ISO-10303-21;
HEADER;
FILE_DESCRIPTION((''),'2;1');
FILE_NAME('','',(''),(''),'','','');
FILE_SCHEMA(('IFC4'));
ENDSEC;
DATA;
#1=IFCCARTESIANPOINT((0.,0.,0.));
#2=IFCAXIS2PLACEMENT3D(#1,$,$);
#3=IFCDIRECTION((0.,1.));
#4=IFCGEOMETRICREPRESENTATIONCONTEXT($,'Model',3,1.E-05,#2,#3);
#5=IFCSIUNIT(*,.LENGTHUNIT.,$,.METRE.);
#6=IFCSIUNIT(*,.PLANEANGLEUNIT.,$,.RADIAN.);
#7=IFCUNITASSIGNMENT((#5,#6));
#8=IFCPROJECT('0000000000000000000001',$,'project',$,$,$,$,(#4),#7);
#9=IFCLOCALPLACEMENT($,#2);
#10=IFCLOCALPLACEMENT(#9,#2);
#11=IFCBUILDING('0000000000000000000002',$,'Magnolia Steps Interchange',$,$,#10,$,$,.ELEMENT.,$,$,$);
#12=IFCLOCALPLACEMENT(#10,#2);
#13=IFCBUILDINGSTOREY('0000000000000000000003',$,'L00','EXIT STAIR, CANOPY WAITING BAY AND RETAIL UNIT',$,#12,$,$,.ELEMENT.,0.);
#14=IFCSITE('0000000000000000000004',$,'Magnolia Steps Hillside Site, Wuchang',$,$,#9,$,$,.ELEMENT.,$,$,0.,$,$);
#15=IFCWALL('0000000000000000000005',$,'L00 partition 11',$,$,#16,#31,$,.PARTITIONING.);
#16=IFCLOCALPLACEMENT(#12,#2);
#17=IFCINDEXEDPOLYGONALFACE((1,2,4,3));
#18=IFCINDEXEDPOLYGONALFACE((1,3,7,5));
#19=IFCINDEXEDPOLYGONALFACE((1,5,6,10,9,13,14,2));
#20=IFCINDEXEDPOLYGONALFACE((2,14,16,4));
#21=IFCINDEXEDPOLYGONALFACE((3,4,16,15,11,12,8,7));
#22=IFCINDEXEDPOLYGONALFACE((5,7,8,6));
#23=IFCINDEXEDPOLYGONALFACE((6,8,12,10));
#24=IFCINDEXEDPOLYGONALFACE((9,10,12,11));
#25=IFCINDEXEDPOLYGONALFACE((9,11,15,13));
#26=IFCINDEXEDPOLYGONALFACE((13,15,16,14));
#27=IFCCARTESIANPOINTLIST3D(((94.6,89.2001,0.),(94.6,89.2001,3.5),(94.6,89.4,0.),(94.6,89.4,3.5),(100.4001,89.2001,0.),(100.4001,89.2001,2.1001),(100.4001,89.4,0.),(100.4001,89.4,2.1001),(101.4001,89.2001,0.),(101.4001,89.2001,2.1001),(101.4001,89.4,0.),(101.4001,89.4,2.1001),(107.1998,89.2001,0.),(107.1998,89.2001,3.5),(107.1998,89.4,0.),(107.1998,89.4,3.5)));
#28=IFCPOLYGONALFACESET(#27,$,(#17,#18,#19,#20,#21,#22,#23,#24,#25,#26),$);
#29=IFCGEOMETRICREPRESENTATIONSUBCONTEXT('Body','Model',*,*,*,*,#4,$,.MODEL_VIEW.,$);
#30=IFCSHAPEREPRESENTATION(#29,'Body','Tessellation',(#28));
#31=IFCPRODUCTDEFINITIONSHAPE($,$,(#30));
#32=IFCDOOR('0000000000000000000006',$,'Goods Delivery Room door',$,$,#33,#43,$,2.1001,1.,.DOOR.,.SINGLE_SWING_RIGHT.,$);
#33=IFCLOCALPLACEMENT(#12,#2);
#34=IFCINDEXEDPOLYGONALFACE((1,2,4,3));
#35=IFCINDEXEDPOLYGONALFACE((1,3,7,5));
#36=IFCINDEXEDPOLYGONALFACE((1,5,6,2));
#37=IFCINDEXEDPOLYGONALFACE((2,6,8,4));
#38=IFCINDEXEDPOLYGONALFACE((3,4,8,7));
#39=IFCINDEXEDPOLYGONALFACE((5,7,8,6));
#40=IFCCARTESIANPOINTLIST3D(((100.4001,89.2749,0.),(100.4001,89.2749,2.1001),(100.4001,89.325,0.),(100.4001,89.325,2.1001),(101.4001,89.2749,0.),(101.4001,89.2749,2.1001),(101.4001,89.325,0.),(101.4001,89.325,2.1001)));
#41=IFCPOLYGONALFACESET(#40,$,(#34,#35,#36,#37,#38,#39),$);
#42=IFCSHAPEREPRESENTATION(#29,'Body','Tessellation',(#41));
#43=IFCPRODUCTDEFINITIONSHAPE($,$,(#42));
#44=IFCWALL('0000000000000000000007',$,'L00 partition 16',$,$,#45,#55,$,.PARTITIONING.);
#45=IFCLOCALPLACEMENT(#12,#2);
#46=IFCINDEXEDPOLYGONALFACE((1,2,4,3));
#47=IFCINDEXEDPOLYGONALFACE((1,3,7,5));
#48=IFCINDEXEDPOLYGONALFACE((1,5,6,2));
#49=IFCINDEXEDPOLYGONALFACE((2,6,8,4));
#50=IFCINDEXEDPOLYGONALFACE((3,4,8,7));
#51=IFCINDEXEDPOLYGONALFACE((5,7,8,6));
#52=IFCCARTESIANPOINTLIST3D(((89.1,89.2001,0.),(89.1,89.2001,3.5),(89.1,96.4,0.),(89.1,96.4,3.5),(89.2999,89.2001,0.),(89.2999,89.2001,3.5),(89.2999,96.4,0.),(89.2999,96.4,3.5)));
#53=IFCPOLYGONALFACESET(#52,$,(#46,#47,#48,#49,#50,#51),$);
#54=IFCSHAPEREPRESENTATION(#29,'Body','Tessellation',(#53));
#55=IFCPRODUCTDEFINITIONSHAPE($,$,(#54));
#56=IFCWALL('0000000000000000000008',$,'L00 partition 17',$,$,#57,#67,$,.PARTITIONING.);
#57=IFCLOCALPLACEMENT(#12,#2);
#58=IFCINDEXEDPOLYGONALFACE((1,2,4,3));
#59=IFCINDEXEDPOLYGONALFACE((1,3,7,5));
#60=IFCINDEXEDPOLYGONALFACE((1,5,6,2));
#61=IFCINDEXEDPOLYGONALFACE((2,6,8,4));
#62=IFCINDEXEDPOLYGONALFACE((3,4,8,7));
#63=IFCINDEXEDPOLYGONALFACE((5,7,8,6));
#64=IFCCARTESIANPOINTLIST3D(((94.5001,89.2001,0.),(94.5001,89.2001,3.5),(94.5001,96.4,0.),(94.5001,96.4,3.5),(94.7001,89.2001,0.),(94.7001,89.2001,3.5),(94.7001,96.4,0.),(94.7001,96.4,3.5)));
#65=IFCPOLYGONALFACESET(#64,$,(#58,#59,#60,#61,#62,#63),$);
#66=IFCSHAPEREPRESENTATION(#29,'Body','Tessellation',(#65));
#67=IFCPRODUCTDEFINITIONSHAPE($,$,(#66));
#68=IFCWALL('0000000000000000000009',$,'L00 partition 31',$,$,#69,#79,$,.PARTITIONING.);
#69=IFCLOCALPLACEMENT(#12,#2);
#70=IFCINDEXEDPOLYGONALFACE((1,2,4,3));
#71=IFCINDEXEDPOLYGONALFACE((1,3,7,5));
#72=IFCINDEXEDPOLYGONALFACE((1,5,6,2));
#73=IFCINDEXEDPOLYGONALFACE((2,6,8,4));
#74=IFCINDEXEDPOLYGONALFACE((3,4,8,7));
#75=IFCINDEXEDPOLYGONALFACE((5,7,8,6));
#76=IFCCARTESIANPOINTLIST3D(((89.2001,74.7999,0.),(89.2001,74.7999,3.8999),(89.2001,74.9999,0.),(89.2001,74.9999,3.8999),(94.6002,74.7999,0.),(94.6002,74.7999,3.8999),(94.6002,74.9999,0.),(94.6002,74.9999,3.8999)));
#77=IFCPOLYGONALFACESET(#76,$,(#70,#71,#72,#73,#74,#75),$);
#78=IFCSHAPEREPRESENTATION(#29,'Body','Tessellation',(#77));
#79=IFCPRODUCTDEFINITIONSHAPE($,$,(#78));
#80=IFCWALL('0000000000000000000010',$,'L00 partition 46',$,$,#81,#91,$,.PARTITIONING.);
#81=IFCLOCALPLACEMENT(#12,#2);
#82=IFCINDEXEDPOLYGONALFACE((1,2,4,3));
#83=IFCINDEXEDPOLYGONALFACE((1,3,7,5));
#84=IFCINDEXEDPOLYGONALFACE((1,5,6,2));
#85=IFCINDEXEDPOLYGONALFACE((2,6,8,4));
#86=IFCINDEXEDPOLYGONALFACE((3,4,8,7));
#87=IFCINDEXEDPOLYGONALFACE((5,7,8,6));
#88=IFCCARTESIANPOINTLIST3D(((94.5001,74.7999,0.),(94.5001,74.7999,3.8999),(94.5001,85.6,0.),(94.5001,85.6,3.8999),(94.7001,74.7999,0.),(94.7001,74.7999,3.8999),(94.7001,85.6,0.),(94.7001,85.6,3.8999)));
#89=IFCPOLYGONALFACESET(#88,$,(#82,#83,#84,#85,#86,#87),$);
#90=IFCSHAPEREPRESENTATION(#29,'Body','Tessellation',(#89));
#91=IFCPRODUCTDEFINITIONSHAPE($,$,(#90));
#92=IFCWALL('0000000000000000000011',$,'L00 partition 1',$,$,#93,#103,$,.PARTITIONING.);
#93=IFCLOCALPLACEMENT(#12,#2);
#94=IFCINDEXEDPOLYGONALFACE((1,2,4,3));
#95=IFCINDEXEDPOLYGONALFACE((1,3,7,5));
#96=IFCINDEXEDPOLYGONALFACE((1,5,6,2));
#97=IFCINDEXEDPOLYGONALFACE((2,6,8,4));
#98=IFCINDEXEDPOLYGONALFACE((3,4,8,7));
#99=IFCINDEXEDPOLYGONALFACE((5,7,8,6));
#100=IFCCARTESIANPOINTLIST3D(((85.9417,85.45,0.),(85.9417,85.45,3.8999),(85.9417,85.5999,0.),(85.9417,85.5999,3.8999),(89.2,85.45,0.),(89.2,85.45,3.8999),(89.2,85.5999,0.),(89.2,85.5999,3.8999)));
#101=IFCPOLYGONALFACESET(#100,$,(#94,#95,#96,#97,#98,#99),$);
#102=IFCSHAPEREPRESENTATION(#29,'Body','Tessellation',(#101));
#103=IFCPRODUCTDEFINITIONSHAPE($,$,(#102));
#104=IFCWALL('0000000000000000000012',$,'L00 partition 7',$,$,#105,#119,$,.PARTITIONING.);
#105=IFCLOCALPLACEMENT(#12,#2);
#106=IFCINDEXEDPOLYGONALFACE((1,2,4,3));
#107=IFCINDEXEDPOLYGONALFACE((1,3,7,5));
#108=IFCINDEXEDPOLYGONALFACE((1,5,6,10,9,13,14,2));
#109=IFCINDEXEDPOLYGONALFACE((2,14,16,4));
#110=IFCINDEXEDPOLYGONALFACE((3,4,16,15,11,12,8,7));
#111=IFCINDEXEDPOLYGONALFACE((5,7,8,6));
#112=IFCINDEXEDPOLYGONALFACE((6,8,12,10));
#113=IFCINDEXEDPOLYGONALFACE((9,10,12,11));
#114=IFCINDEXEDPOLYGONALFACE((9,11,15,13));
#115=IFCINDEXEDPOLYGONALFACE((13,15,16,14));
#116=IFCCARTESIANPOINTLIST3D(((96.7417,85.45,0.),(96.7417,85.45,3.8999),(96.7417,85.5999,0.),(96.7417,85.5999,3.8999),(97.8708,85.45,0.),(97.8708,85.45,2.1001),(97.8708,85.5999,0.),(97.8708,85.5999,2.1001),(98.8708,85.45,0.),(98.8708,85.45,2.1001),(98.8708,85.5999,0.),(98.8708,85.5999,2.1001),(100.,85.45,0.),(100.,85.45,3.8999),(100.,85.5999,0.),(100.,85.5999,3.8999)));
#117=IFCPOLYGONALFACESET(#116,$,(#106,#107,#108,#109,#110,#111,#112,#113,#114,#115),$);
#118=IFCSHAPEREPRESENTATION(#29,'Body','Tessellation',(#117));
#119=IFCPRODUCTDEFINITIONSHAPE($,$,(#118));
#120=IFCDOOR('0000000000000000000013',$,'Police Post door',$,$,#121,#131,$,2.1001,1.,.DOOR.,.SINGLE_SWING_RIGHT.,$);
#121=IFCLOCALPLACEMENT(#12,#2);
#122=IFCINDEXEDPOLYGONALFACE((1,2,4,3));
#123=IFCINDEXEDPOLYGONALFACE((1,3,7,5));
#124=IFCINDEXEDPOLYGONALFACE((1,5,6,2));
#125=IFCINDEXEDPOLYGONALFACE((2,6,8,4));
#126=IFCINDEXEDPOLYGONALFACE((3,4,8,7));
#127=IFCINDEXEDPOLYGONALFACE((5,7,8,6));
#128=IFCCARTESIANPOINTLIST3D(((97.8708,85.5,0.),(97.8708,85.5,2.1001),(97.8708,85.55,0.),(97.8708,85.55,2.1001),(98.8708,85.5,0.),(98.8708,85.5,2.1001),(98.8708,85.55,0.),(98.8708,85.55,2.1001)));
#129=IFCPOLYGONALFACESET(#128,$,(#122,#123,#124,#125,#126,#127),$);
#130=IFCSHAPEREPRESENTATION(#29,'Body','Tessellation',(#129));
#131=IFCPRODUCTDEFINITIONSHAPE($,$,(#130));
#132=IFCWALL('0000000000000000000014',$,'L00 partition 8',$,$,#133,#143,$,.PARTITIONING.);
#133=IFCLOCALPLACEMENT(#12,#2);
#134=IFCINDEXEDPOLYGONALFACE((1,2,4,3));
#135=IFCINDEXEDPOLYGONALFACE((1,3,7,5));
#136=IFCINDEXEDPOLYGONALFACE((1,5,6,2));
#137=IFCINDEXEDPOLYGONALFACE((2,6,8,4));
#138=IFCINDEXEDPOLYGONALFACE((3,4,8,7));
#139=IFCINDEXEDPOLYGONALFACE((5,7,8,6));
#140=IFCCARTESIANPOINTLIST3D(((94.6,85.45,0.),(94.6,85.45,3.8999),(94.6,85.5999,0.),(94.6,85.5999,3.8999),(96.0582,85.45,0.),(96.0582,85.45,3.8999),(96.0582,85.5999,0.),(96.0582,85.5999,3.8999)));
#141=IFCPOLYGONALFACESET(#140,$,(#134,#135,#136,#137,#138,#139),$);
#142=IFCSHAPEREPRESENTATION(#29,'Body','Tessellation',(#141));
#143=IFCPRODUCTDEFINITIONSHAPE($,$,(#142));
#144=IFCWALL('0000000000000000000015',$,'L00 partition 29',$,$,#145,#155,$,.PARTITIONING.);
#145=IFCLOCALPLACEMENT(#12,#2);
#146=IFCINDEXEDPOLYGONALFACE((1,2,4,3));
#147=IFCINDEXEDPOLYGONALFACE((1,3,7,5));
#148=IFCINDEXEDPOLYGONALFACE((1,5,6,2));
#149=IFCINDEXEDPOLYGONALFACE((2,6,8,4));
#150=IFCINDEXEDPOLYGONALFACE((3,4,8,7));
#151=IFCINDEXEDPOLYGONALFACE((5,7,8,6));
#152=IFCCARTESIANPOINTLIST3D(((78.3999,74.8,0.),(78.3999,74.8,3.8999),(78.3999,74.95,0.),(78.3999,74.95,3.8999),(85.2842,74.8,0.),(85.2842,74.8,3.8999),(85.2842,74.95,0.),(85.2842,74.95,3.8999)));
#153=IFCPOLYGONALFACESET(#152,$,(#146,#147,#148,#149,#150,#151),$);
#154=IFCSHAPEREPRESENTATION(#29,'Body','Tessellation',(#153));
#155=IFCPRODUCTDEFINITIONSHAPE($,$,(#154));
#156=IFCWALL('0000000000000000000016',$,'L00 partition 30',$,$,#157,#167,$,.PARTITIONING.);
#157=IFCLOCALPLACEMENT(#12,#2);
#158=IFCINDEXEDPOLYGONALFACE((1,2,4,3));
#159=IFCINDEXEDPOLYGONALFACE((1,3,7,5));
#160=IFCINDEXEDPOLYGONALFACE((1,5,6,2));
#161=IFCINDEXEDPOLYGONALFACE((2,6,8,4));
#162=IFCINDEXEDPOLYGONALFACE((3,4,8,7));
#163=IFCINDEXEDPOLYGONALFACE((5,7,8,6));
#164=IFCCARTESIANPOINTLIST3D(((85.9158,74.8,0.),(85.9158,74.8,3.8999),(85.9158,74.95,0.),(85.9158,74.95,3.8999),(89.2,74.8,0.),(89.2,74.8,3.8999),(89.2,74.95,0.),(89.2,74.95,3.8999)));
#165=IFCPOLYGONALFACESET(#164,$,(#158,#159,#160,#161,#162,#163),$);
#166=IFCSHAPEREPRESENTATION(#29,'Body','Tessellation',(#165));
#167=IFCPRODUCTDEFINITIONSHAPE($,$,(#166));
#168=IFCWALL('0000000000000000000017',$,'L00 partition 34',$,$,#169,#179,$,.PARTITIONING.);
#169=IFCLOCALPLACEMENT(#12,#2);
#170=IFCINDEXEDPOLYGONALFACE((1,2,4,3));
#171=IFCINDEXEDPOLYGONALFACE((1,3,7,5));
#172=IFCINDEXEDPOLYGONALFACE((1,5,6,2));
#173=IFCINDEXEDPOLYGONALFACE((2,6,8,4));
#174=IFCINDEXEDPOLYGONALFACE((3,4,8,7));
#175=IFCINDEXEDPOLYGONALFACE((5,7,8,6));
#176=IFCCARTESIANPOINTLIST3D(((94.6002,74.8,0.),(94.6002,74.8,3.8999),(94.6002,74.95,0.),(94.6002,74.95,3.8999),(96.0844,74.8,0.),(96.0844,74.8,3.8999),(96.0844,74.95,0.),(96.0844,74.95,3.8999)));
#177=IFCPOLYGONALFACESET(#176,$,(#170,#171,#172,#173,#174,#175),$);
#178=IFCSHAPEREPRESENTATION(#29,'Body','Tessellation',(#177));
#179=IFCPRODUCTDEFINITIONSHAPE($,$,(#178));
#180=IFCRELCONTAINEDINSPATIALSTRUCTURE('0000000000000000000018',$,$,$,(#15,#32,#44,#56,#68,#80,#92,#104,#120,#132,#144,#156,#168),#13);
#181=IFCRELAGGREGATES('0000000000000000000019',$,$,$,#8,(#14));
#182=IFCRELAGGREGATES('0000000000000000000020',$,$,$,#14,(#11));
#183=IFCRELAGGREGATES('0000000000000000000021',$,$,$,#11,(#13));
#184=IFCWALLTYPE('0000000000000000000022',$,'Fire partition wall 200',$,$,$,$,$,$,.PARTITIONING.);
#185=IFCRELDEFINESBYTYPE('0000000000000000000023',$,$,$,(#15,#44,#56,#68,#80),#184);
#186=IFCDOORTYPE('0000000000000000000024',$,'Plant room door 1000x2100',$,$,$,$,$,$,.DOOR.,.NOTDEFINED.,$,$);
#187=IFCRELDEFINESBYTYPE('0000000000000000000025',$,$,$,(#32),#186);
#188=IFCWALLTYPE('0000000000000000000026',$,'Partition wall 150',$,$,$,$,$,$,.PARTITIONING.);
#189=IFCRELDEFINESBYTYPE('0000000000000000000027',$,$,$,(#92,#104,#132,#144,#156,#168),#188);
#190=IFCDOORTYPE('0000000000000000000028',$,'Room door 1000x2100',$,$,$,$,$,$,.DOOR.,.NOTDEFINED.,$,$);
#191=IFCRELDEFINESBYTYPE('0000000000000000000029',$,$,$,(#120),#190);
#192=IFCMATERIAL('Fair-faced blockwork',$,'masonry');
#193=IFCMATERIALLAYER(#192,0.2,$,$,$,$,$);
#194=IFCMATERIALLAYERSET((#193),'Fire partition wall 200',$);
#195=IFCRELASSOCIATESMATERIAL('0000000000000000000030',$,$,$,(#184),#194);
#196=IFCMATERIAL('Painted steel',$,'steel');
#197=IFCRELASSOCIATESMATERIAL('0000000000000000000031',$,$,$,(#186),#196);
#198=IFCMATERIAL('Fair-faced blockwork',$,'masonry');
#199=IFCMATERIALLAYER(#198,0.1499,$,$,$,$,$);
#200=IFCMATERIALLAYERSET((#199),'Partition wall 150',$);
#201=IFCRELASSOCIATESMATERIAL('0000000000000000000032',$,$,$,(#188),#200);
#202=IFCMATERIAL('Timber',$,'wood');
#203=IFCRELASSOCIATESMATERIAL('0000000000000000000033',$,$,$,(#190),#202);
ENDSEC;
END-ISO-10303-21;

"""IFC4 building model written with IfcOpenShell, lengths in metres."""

from ifc_helpers import new_model, si_unit, direction, frame, frame_2d, origin, place, context, subcontext, project, spatial, rectangle, extrude, material, layer, layer_set, type_object, element, fill, save


model = new_model("IFC4")

# Units and contexts
model_context = context("Model", 3, precision=1e-05, world=origin(), true_north=direction((0.0, 1.0)))
body_context = subcontext(model_context, "Body", "Model", "MODEL_VIEW")
ifc_project = project(units=[si_unit("LENGTHUNIT", "METRE"), si_unit("PLANEANGLEUNIT", "RADIAN")], contexts=[model_context])

# Site, building, storey
site_placement = place(None, origin())
site = spatial("IfcSite", under=ifc_project, at=site_placement, Name="Magnolia Steps Hillside Site, Wuchang", CompositionType="ELEMENT", RefElevation=0.0)
building_placement = place(site_placement, origin())
building = spatial("IfcBuilding", under=site, at=building_placement, Name="Magnolia Steps Interchange", CompositionType="ELEMENT")
storey_placement = place(building_placement, origin())
storey = spatial("IfcBuildingStorey", under=building, at=storey_placement, Name="L00", Description="EXIT STAIR, CANOPY WAITING BAY AND RETAIL UNIT", CompositionType="ELEMENT", Elevation=0.0)

# Wall, opening, door
ifc_material_1 = material(Name="Fair-faced blockwork", Category="masonry")
ifc_layer_1 = layer(ifc_material_1, 0.2)
ifc_layer_set_1 = layer_set([ifc_layer_1], Name="Fire partition wall 200")
wall_type_1 = type_object("IfcWallType", Name="Fire partition wall 200", PredefinedType="PARTITIONING", material=ifc_layer_set_1)
ifc_material_2 = material(Name="Painted steel", Category="steel")
door_type_1 = type_object("IfcDoorType", Name="Plant room door 1000x2100", OperationType="NOTDEFINED", PredefinedType="DOOR", material=ifc_material_2)
wall_1_placement = place(storey_placement, frame((94.6001, 89.3, 0.0), z_axis=(0.0, 0.0, 1.0), x_axis=(1.0, 0.0, 0.0)))
wall_1 = element("IfcWall", 1, at=wall_1_placement, inside=storey, type_object=wall_type_1, Name="L00 partition 11", PredefinedType="PARTITIONING", context=body_context, shape_type="SweptSolid", body=[
    extrude(rectangle(XDim=12.5999, YDim=0.2, at=frame_2d((6.2998, 0.0))), origin(), (0.0, 0.0, 1.0), 3.5),
])
opening_1_placement = place(wall_1_placement, frame((5.8, 0.0, 0.0)))
opening_1 = element("IfcOpeningElement", 2, at=opening_1_placement, cuts=wall_1, PredefinedType="OPENING", context=body_context, shape_type="SweptSolid", body=[
    extrude(rectangle(XDim=1.0, YDim=2.1001, at=frame_2d((0.5, 1.05))), frame((0.0, 0.1099, 0.0), z_axis=(0.0, -1.0, 0.0), x_axis=(1.0, 0.0, 0.0)), (0.0, 0.0, 1.0), 0.22),
])
door_1_placement = place(opening_1_placement, origin())
door_1 = element("IfcDoor", 3, at=door_1_placement, inside=storey, type_object=door_type_1, Name="Goods Delivery Room door", OperationType="SINGLE_SWING_RIGHT", OverallHeight=2.1001, OverallWidth=1.0, PredefinedType="DOOR", context=body_context, shape_type="SweptSolid", body=[
    extrude(rectangle(XDim=1.0, YDim=2.1001, at=frame_2d((0.5, 1.05))), frame((0.0, 0.0249, 0.0), z_axis=(0.0, -1.0, 0.0), x_axis=(1.0, 0.0, 0.0)), (0.0, 0.0, 1.0), 0.05),
])
fill(opening_1, door_1)

# Walls
for number, where, z_axis, x_axis, name in (
    (4, (89.2, 89.2, 0.0), (0.0, 0.0, 1.0), (0.0, 1.0, 0.0), "L00 partition 16"),
    (5, (94.6001, 89.2, 0.0), (0.0, 0.0, 1.0), (0.0, 1.0, 0.0), "L00 partition 17"),
):
    element("IfcWall", number, at=place(storey_placement, frame(where, z_axis=z_axis, x_axis=x_axis)), inside=storey, type_object=wall_type_1, Name=name, PredefinedType="PARTITIONING", context=body_context, shape_type="SweptSolid", body=[
        extrude(rectangle(XDim=7.2, YDim=0.2, at=frame_2d((3.6001, 0.0))), origin(), (0.0, 0.0, 1.0), 3.5),
    ])
wall_2_placement = place(storey_placement, frame((89.2, 74.8999, 0.0), z_axis=(0.0, 0.0, 1.0), x_axis=(1.0, 0.0, 0.0)))
element("IfcWall", 6, at=wall_2_placement, inside=storey, type_object=wall_type_1, Name="L00 partition 31", PredefinedType="PARTITIONING", context=body_context, shape_type="SweptSolid", body=[
    extrude(rectangle(XDim=5.4001, YDim=0.2, at=frame_2d((2.7002, 0.0))), origin(), (0.0, 0.0, 1.0), 3.8999),
])
wall_3_placement = place(storey_placement, frame((94.6001, 74.8, 0.0), z_axis=(0.0, 0.0, 1.0), x_axis=(0.0, 1.0, 0.0)))
element("IfcWall", 7, at=wall_3_placement, inside=storey, type_object=wall_type_1, Name="L00 partition 46", PredefinedType="PARTITIONING", context=body_context, shape_type="SweptSolid", body=[
    extrude(rectangle(XDim=10.8, YDim=0.2, at=frame_2d((5.3999, 0.0))), origin(), (0.0, 0.0, 1.0), 3.8999),
])
ifc_material_3 = material(Name="Fair-faced blockwork", Category="masonry")
ifc_layer_2 = layer(ifc_material_3, 0.1499)
ifc_layer_set_2 = layer_set([ifc_layer_2], Name="Partition wall 150")
wall_type_2 = type_object("IfcWallType", Name="Partition wall 150", PredefinedType="PARTITIONING", material=ifc_layer_set_2)
wall_4_placement = place(storey_placement, frame((85.9417, 85.5249, 0.0), z_axis=(0.0, 0.0, 1.0), x_axis=(1.0, 0.0, 0.0)))
element("IfcWall", 8, at=wall_4_placement, inside=storey, type_object=wall_type_2, Name="L00 partition 1", PredefinedType="PARTITIONING", context=body_context, shape_type="SweptSolid", body=[
    extrude(rectangle(XDim=3.2583, YDim=0.1499, at=frame_2d((1.6292, 0.0))), origin(), (0.0, 0.0, 1.0), 3.8999),
])

# Wall, opening, door
wall_5_placement = place(storey_placement, frame((96.7417, 85.5249, 0.0), z_axis=(0.0, 0.0, 1.0), x_axis=(1.0, 0.0, 0.0)))
wall_5 = element("IfcWall", 9, at=wall_5_placement, inside=storey, type_object=wall_type_2, Name="L00 partition 7", PredefinedType="PARTITIONING", context=body_context, shape_type="SweptSolid", body=[
    extrude(rectangle(XDim=3.2583, YDim=0.1499, at=frame_2d((1.6292, 0.0))), origin(), (0.0, 0.0, 1.0), 3.8999),
])
opening_2_placement = place(wall_5_placement, frame((1.1292, 0.0, 0.0)))
opening_2 = element("IfcOpeningElement", 10, at=opening_2_placement, cuts=wall_5, PredefinedType="OPENING", context=body_context, shape_type="SweptSolid", body=[
    extrude(rectangle(XDim=1.0, YDim=2.1001, at=frame_2d((0.5, 1.05))), frame((0.0, 0.085, 0.0), z_axis=(0.0, -1.0, 0.0), x_axis=(1.0, 0.0, 0.0)), (0.0, 0.0, 1.0), 0.1699),
])
ifc_material_4 = material(Name="Timber", Category="wood")
door_type_2 = type_object("IfcDoorType", Name="Room door 1000x2100", OperationType="NOTDEFINED", PredefinedType="DOOR", material=ifc_material_4)
door_2_placement = place(opening_2_placement, frame((1.0, 0.0, 0.0), z_axis=(0.0, 0.0, 1.0), x_axis=(-1.0, 0.0, 0.0)))
door_2 = element("IfcDoor", 11, at=door_2_placement, inside=storey, type_object=door_type_2, Name="Police Post door", OperationType="SINGLE_SWING_RIGHT", OverallHeight=2.1001, OverallWidth=1.0, PredefinedType="DOOR", context=body_context, shape_type="SweptSolid", body=[
    extrude(rectangle(XDim=1.0, YDim=2.1001, at=frame_2d((0.5, 1.05))), frame((0.0, 0.0249, 0.0), z_axis=(0.0, -1.0, 0.0), x_axis=(1.0, 0.0, 0.0)), (0.0, 0.0, 1.0), 0.05),
])
fill(opening_2, door_2)

# Walls
wall_6_placement = place(storey_placement, frame((94.6001, 85.5249, 0.0), z_axis=(0.0, 0.0, 1.0), x_axis=(1.0, 0.0, 0.0)))
element("IfcWall", 12, at=wall_6_placement, inside=storey, type_object=wall_type_2, Name="L00 partition 8", PredefinedType="PARTITIONING", context=body_context, shape_type="SweptSolid", body=[
    extrude(rectangle(XDim=1.4583, YDim=0.1499, at=frame_2d((0.729, 0.0))), origin(), (0.0, 0.0, 1.0), 3.8999),
])
wall_7_placement = place(storey_placement, frame((78.3999, 74.875, 0.0), z_axis=(0.0, 0.0, 1.0), x_axis=(1.0, 0.0, 0.0)))
element("IfcWall", 13, at=wall_7_placement, inside=storey, type_object=wall_type_2, Name="L00 partition 29", PredefinedType="PARTITIONING", context=body_context, shape_type="SweptSolid", body=[
    extrude(rectangle(XDim=6.8843, YDim=0.1499, at=frame_2d((3.4421, 0.0))), origin(), (0.0, 0.0, 1.0), 3.8999),
])
wall_8_placement = place(storey_placement, frame((85.9158, 74.875, 0.0), z_axis=(0.0, 0.0, 1.0), x_axis=(1.0, 0.0, 0.0)))
element("IfcWall", 14, at=wall_8_placement, inside=storey, type_object=wall_type_2, Name="L00 partition 30", PredefinedType="PARTITIONING", context=body_context, shape_type="SweptSolid", body=[
    extrude(rectangle(XDim=3.2842, YDim=0.1499, at=frame_2d((1.6421, 0.0))), origin(), (0.0, 0.0, 1.0), 3.8999),
])
wall_9_placement = place(storey_placement, frame((94.6001, 74.875, 0.0), z_axis=(0.0, 0.0, 1.0), x_axis=(1.0, 0.0, 0.0)))
element("IfcWall", 15, at=wall_9_placement, inside=storey, type_object=wall_type_2, Name="L00 partition 34", PredefinedType="PARTITIONING", context=body_context, shape_type="SweptSolid", body=[
    extrude(rectangle(XDim=1.4841, YDim=0.1499, at=frame_2d((0.7422, 0.0))), origin(), (0.0, 0.0, 1.0), 3.8999),
])

save(model, "model.ifc")
